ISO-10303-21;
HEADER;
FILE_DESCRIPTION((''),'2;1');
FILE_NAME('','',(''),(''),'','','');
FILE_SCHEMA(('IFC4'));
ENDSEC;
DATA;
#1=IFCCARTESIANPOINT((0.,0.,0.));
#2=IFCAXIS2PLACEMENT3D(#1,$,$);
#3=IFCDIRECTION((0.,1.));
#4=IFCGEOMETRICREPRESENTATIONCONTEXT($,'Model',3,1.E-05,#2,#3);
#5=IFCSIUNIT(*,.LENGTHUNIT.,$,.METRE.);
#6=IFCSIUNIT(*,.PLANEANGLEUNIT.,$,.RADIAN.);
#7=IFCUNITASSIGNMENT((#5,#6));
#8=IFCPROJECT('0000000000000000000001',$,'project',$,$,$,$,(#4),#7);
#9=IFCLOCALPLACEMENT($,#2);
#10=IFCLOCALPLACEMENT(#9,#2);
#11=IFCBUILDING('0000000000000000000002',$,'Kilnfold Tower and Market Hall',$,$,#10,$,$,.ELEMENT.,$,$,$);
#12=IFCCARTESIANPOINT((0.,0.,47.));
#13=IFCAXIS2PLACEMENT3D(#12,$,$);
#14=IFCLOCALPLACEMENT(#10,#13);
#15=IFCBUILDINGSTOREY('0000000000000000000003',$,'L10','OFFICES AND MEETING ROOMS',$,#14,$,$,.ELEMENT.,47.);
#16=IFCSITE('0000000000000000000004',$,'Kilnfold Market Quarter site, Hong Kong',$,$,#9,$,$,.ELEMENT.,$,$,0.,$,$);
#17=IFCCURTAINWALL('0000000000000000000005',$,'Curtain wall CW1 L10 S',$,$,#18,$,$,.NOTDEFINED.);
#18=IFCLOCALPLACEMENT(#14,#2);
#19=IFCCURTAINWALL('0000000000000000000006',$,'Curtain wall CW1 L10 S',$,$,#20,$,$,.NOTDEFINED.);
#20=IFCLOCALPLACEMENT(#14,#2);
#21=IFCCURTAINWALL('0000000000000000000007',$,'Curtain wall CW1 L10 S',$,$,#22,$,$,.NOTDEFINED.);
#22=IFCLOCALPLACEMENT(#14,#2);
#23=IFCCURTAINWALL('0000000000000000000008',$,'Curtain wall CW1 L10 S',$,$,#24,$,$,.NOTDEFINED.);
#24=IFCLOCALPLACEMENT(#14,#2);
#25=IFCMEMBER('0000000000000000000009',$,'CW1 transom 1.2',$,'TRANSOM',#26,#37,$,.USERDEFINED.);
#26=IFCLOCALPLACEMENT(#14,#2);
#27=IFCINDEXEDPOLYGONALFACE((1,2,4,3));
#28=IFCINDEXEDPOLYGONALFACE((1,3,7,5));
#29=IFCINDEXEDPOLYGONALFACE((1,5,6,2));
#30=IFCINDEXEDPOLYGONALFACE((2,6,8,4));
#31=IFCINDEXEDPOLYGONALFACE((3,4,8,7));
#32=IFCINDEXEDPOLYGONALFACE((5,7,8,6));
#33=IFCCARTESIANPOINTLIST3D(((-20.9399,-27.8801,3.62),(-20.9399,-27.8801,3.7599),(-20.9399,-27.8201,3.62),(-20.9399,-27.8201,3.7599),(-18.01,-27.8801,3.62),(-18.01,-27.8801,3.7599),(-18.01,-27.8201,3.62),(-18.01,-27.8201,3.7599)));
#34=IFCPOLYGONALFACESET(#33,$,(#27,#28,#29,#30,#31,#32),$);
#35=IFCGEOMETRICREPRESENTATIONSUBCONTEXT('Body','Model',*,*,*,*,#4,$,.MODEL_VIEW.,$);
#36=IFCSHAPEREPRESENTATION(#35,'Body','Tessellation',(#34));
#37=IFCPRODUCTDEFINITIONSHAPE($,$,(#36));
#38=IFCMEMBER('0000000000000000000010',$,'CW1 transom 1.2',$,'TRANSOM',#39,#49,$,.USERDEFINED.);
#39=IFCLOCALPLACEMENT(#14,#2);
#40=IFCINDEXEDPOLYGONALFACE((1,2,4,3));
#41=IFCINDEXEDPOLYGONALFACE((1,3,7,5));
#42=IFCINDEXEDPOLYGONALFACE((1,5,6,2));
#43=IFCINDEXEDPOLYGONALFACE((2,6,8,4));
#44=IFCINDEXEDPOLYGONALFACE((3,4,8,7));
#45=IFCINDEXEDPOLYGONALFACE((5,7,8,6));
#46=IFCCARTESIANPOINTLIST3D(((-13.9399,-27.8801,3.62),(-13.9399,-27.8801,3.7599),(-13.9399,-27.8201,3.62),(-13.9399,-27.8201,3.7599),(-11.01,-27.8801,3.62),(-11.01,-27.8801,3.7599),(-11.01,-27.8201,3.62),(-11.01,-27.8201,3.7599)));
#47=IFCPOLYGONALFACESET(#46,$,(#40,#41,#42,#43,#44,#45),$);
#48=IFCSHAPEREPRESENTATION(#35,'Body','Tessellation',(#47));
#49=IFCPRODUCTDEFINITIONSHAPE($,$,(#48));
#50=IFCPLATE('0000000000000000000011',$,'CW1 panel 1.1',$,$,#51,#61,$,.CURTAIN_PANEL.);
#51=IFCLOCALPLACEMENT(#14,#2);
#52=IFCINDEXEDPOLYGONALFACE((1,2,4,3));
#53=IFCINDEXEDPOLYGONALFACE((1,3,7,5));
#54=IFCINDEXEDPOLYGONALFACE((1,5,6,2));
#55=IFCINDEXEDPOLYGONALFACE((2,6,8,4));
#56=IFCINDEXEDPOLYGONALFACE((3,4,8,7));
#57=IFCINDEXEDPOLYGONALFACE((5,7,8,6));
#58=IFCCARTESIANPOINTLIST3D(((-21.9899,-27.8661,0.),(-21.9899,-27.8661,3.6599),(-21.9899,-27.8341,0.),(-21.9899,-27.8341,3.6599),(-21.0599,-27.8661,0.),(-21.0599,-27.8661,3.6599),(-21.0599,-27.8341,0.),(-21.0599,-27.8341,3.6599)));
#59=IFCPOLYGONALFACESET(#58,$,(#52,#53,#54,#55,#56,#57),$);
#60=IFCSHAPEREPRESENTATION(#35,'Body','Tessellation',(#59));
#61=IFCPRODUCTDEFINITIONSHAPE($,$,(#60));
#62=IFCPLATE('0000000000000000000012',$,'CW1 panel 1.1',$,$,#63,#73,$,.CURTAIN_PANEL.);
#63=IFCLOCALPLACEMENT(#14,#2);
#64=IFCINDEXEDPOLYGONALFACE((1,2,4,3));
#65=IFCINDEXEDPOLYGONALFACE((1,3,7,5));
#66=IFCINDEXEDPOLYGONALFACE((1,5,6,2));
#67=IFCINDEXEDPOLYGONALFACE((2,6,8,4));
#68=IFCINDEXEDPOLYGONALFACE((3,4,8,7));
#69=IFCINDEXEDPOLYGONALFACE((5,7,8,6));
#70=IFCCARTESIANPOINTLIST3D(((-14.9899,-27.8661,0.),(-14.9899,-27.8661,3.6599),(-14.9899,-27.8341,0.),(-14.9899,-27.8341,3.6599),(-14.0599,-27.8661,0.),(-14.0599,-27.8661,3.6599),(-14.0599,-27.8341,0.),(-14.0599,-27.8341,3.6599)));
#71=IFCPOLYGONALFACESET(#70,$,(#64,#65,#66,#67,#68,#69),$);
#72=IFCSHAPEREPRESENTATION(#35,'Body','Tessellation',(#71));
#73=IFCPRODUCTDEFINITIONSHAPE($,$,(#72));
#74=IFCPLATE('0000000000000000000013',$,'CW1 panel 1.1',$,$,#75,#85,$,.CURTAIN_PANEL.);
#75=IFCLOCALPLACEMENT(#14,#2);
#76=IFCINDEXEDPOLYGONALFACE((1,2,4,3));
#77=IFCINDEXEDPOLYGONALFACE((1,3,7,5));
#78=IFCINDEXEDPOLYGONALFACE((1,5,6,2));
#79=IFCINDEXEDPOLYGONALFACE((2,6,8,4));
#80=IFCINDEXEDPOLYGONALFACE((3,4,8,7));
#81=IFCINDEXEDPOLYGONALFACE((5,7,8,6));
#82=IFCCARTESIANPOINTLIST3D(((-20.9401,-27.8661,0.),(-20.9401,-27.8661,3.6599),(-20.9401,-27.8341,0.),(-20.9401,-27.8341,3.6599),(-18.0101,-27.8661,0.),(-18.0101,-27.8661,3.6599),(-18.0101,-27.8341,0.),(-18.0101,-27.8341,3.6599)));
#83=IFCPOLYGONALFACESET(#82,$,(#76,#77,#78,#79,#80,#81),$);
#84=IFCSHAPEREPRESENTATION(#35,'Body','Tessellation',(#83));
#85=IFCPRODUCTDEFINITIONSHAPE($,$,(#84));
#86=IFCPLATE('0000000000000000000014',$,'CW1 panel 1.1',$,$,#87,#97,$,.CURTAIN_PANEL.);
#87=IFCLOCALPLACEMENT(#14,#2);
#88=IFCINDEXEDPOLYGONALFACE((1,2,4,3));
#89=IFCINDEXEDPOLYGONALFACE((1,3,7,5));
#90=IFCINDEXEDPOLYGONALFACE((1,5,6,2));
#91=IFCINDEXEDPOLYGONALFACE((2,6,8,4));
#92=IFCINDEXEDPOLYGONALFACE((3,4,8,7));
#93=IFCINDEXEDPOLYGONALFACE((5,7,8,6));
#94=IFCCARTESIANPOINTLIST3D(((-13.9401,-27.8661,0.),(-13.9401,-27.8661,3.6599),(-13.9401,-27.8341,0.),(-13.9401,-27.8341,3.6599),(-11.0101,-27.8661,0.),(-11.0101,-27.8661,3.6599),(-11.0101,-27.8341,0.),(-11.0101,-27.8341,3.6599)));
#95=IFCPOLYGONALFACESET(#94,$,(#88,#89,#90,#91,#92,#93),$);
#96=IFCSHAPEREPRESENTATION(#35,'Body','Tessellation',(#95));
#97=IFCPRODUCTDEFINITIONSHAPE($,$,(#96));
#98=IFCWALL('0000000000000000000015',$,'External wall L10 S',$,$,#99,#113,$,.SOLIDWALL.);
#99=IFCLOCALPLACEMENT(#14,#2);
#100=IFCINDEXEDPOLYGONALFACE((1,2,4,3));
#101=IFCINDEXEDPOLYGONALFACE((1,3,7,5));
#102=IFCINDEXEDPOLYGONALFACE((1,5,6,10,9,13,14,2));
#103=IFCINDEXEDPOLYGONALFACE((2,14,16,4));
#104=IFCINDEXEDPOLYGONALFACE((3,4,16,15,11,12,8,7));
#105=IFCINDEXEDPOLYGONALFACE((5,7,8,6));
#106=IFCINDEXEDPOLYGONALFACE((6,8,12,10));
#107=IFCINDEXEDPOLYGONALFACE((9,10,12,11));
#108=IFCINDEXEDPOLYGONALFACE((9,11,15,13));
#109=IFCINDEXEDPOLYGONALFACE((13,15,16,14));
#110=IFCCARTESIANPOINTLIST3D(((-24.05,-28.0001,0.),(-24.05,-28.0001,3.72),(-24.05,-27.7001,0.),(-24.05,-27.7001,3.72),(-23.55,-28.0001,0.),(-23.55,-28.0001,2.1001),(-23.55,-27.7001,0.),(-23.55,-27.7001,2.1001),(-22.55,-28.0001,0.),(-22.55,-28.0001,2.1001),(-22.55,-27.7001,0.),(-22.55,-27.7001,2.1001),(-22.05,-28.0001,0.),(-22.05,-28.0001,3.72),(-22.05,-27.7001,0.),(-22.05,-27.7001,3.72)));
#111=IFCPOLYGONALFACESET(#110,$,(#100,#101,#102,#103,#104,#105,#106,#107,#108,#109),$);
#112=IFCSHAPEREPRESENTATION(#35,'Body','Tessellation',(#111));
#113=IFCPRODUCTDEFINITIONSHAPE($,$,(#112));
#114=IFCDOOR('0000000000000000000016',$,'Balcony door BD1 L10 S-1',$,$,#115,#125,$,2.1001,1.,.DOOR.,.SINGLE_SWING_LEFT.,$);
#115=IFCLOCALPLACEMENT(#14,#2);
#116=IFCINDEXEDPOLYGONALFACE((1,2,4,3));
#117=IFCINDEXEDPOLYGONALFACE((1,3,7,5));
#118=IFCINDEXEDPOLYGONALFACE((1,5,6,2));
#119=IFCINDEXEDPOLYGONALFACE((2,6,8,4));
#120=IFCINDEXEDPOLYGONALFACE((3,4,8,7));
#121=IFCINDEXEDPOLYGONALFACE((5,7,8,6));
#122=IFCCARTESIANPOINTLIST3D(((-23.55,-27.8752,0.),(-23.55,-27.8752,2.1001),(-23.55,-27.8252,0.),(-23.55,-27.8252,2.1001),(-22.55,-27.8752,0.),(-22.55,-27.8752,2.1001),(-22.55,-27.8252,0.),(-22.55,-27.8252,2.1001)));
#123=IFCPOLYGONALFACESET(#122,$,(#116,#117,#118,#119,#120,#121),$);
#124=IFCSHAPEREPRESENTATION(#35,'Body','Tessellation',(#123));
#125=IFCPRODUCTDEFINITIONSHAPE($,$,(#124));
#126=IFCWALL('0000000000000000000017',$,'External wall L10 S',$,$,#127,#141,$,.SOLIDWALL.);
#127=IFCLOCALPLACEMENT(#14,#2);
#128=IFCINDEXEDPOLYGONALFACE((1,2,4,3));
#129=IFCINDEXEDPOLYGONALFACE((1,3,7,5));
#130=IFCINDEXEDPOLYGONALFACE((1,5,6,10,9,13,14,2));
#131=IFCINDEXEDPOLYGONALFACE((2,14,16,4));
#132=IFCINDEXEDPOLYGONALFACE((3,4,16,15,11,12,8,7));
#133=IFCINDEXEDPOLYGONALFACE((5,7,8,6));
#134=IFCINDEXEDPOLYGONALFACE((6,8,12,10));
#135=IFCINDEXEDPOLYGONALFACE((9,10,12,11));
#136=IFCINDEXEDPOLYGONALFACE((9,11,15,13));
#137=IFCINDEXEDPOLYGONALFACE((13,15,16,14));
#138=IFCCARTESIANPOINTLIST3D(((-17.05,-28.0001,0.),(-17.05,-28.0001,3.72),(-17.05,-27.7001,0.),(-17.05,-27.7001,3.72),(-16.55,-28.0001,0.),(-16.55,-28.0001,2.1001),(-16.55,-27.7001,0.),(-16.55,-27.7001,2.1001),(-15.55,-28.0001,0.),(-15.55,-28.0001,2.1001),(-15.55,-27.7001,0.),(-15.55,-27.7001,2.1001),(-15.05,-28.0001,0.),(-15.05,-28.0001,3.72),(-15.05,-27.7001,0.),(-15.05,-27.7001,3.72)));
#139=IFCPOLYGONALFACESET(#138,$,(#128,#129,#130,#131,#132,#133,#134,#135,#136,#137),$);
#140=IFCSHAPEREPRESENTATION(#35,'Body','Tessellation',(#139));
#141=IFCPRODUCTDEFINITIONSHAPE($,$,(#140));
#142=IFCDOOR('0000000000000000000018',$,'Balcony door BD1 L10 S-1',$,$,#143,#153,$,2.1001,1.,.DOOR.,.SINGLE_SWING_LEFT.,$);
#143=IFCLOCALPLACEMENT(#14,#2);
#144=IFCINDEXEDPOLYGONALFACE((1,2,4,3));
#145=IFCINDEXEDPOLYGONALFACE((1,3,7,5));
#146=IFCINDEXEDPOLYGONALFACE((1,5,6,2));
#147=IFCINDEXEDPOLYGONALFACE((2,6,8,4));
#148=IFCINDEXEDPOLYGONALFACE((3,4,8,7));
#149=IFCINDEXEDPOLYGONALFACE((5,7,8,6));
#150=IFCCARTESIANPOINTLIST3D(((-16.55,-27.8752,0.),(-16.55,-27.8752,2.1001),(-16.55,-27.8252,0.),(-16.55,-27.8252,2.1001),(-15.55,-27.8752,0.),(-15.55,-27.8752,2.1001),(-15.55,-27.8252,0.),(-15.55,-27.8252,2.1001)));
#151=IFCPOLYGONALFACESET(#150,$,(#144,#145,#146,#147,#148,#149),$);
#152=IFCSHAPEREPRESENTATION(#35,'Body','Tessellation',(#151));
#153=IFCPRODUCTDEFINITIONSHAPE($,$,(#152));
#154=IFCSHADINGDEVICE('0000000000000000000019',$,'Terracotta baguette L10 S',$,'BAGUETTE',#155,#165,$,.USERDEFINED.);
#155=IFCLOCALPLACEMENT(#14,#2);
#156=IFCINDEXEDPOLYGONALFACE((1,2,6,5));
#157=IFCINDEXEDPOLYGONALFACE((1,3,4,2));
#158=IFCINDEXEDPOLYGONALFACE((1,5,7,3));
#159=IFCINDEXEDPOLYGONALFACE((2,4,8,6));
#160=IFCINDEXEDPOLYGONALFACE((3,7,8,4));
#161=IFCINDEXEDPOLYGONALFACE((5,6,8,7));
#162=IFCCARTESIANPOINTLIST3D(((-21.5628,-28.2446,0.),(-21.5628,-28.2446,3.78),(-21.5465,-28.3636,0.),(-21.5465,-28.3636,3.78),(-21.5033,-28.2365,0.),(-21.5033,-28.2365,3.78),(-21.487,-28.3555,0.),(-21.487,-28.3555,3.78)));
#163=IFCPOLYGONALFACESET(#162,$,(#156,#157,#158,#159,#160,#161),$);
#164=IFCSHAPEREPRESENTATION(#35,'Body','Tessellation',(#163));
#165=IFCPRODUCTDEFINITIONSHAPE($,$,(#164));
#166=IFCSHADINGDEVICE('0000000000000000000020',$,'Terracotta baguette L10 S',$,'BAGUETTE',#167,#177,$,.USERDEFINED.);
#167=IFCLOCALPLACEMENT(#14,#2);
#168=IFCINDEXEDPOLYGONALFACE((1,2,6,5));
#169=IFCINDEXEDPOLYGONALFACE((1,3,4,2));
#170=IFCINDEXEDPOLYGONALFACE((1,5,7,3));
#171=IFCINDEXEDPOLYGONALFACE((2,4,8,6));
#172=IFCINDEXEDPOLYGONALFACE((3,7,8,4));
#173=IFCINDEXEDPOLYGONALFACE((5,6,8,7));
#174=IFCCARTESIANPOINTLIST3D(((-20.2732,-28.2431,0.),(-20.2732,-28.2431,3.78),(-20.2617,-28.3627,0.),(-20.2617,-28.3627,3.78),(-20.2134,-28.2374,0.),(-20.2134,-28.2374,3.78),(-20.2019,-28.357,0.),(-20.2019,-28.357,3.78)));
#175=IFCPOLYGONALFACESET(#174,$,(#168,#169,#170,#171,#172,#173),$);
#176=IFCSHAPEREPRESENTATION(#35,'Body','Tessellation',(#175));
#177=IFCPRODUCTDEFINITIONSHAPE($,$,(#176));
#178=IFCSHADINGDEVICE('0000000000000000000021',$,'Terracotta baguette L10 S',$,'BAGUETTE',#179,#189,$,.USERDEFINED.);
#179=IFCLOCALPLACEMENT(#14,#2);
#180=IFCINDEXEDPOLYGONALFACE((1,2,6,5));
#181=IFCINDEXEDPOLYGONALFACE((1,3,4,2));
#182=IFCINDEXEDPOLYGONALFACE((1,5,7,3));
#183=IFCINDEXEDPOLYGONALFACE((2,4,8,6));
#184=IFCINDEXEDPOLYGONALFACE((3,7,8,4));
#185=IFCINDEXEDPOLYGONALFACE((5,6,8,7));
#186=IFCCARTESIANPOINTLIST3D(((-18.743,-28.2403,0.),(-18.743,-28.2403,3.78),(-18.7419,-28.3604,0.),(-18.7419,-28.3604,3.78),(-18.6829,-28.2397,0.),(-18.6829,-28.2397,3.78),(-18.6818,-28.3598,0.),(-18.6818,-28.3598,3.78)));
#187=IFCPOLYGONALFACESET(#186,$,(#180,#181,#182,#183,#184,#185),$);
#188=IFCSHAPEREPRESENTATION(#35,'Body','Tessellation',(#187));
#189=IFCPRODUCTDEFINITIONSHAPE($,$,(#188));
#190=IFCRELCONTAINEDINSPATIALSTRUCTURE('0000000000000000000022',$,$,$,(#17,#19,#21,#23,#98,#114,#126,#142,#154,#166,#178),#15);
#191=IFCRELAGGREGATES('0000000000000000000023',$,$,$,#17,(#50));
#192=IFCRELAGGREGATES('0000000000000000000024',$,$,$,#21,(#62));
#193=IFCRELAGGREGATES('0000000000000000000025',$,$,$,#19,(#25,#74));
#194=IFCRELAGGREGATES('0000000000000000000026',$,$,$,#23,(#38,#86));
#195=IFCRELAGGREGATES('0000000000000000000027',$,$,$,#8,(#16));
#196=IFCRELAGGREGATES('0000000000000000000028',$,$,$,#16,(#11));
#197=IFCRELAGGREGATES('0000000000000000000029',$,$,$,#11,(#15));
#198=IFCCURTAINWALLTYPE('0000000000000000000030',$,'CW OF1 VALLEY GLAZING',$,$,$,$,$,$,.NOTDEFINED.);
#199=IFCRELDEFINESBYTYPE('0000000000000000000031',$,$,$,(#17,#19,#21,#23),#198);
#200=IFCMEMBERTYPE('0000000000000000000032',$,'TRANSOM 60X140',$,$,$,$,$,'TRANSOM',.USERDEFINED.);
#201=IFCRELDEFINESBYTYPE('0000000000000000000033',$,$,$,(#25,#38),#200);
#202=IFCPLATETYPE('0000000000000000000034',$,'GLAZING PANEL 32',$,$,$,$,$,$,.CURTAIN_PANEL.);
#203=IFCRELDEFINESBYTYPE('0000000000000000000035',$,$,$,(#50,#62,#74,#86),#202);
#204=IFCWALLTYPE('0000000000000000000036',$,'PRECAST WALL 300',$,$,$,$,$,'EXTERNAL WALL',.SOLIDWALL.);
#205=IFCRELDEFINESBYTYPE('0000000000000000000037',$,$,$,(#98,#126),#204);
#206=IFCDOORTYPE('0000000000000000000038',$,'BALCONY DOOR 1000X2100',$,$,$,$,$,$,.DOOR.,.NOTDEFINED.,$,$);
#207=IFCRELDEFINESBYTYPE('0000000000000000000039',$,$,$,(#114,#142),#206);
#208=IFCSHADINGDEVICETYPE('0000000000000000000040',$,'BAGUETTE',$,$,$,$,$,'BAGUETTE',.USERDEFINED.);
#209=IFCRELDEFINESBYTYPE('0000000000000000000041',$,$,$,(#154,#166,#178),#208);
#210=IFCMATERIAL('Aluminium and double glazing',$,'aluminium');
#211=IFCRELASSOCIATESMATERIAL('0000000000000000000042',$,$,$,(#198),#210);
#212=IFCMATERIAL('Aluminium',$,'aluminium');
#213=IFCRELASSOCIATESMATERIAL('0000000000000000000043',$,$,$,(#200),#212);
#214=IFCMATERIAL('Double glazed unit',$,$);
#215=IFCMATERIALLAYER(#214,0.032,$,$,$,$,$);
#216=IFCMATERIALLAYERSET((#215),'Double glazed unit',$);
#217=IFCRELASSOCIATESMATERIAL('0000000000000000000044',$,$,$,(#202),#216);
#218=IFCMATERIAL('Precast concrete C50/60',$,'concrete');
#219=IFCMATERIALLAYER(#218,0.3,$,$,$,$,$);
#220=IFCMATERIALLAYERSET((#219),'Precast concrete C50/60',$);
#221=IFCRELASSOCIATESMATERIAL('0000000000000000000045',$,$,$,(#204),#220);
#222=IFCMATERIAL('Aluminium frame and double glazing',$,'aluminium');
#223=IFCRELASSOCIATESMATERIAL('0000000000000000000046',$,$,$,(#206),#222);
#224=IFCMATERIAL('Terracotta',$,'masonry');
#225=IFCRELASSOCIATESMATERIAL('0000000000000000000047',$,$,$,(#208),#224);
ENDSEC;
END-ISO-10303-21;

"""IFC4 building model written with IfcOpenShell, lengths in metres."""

from ifc_helpers import new_model, si_unit, direction, frame, frame_2d, origin, origin_2d, place, context, subcontext, project, spatial, rectangle, extrude, source, transform, mapped, material, layer, layer_set, material_profile, profile_set, type_object, element, fill, aggregate, save


model = new_model("IFC4")

# Units and contexts
model_context = context("Model", 3, precision=1e-05, world=origin(), true_north=direction((0.0, 1.0)))
body_context = subcontext(model_context, "Body", "Model", "MODEL_VIEW")
ifc_project = project(units=[si_unit("LENGTHUNIT", "METRE"), si_unit("PLANEANGLEUNIT", "RADIAN")], contexts=[model_context])

# Site, building, storey
site_placement = place(None, origin())
site = spatial("IfcSite", under=ifc_project, at=site_placement, Name="Kilnfold Market Quarter site, Hong Kong", CompositionType="ELEMENT", RefElevation=0.0)
building_placement = place(site_placement, origin())
building = spatial("IfcBuilding", under=site, at=building_placement, Name="Kilnfold Tower and Market Hall", CompositionType="ELEMENT")
storey_placement = place(building_placement, frame((0.0, 0.0, 47.0)))
storey = spatial("IfcBuildingStorey", under=building, at=storey_placement, Name="L10", Description="OFFICES AND MEETING ROOMS", CompositionType="ELEMENT", Elevation=47.0)

# Curtain walls
ifc_material_1 = material(Name="Aluminium and double glazing", Category="aluminium")
curtain_wall_type = type_object("IfcCurtainWallType", Name="CW OF1 VALLEY GLAZING", PredefinedType="NOTDEFINED", material=ifc_material_1)
curtain_wall_1_placement = place(storey_placement, origin())
curtain_wall_1 = element("IfcCurtainWall", 1, at=curtain_wall_1_placement, inside=storey, type_object=curtain_wall_type, Name="Curtain wall CW1 L10 S", PredefinedType="NOTDEFINED")
curtain_wall_2_placement = place(storey_placement, origin())
curtain_wall_2 = element("IfcCurtainWall", 2, at=curtain_wall_2_placement, inside=storey, type_object=curtain_wall_type, Name="Curtain wall CW1 L10 S", PredefinedType="NOTDEFINED")
curtain_wall_3_placement = place(storey_placement, origin())
curtain_wall_3 = element("IfcCurtainWall", 3, at=curtain_wall_3_placement, inside=storey, type_object=curtain_wall_type, Name="Curtain wall CW1 L10 S", PredefinedType="NOTDEFINED")

# Curtain wall
curtain_wall_4_placement = place(storey_placement, origin())
curtain_wall_4 = element("IfcCurtainWall", 4, at=curtain_wall_4_placement, inside=storey, type_object=curtain_wall_type, Name="Curtain wall CW1 L10 S", PredefinedType="NOTDEFINED")

# Members
ifc_material_2 = material(Name="Aluminium", Category="aluminium")
ifc_material_profile_1 = material_profile(ifc_material_2, rectangle(XDim=0.0601, YDim=0.1399, at=origin_2d()), Name="TRANSOM 60x140")
ifc_profile_set_1 = profile_set([ifc_material_profile_1], Name="Aluminium")
member_type_1 = type_object("IfcMemberType", Name="TRANSOM 60X140", ElementType="TRANSOM", PredefinedType="USERDEFINED", material=ifc_profile_set_1)
shared_shape_1 = source(origin(), body_context, "Body", "SweptSolid", [
    extrude(rectangle(XDim=0.0601, YDim=0.1399, at=origin_2d()), origin(), (0.0, 0.0, 1.0), 2.9299),
])
member_1_placement = place(storey_placement, frame((-20.9399, -27.8501, 3.6899), z_axis=(1.0, 0.0, 0.0), x_axis=(0.0, 1.0, 0.0)))
member_1 = element("IfcMember", 5, at=member_1_placement, type_object=member_type_1, Name="CW1 transom 1.2", ObjectType="TRANSOM", PredefinedType="USERDEFINED", context=body_context, shape_type="MappedRepresentation", body=[
    mapped(shared_shape_1, transform((0.0, 0.0, 0.0))),
])
member_2_placement = place(storey_placement, frame((-13.9399, -27.8501, 3.6899), z_axis=(1.0, 0.0, 0.0), x_axis=(0.0, 1.0, 0.0)))
member_2 = element("IfcMember", 6, at=member_2_placement, type_object=member_type_1, Name="CW1 transom 1.2", ObjectType="TRANSOM", PredefinedType="USERDEFINED", context=body_context, shape_type="MappedRepresentation", body=[
    mapped(shared_shape_1, transform((0.0, 0.0, 0.0))),
])

# Plates
ifc_material_3 = material(Name="Double glazed unit")
ifc_layer_1 = layer(ifc_material_3, 0.032)
ifc_layer_set_1 = layer_set([ifc_layer_1], Name="Double glazed unit")
plate_type = type_object("IfcPlateType", Name="GLAZING PANEL 32", PredefinedType="CURTAIN_PANEL", material=ifc_layer_set_1)
shared_shape_2 = source(origin(), body_context, "Body", "SweptSolid", [
    extrude(rectangle(XDim=0.9299, YDim=0.032, at=origin_2d()), origin(), (0.0, 0.0, 1.0), 3.6599),
])
plate_1_placement = place(storey_placement, frame((-21.5249, -27.8501, 0.0), z_axis=(0.0, 0.0, 1.0), x_axis=(1.0, 0.0, 0.0)))
plate_1 = element("IfcPlate", 7, at=plate_1_placement, type_object=plate_type, Name="CW1 panel 1.1", PredefinedType="CURTAIN_PANEL", context=body_context, shape_type="MappedRepresentation", body=[
    mapped(shared_shape_2, transform((0.0, 0.0, 0.0))),
])
aggregate(curtain_wall_1, [plate_1])
plate_2_placement = place(storey_placement, frame((-14.5249, -27.8501, 0.0), z_axis=(0.0, 0.0, 1.0), x_axis=(1.0, 0.0, 0.0)))
plate_2 = element("IfcPlate", 8, at=plate_2_placement, type_object=plate_type, Name="CW1 panel 1.1", PredefinedType="CURTAIN_PANEL", context=body_context, shape_type="MappedRepresentation", body=[
    mapped(shared_shape_2, transform((0.0, 0.0, 0.0))),
])
aggregate(curtain_wall_3, [plate_2])
shared_shape_3 = source(origin(), body_context, "Body", "SweptSolid", [
    extrude(rectangle(XDim=2.9299, YDim=0.032, at=origin_2d()), origin(), (0.0, 0.0, 1.0), 3.6599),
])
plate_3_placement = place(storey_placement, frame((-19.4751, -27.8501, 0.0), z_axis=(0.0, 0.0, 1.0), x_axis=(1.0, 0.0, 0.0)))
plate_3 = element("IfcPlate", 9, at=plate_3_placement, type_object=plate_type, Name="CW1 panel 1.1", PredefinedType="CURTAIN_PANEL", context=body_context, shape_type="MappedRepresentation", body=[
    mapped(shared_shape_3, transform((0.0, 0.0, 0.0))),
])
aggregate(curtain_wall_2, [member_1, plate_3])
plate_4_placement = place(storey_placement, frame((-12.4751, -27.8501, 0.0), z_axis=(0.0, 0.0, 1.0), x_axis=(1.0, 0.0, 0.0)))
plate_4 = element("IfcPlate", 10, at=plate_4_placement, type_object=plate_type, Name="CW1 panel 1.1", PredefinedType="CURTAIN_PANEL", context=body_context, shape_type="MappedRepresentation", body=[
    mapped(shared_shape_3, transform((0.0, 0.0, 0.0))),
])
aggregate(curtain_wall_4, [member_2, plate_4])

# Walls, openings, doors
ifc_material_4 = material(Name="Precast concrete C50/60", Category="concrete")
ifc_layer_2 = layer(ifc_material_4, 0.3)
ifc_layer_set_2 = layer_set([ifc_layer_2], Name="Precast concrete C50/60")
wall_type = type_object("IfcWallType", Name="PRECAST WALL 300", ElementType="EXTERNAL WALL", PredefinedType="SOLIDWALL", material=ifc_layer_set_2)
shared_shape_4 = source(origin(), body_context, "Body", "SweptSolid", [
    extrude(rectangle(XDim=2.0, YDim=0.3, at=frame_2d((1.0, 0.0))), origin(), (0.0, 0.0, 1.0), 3.72),
])
wall_1_placement = place(storey_placement, frame((-24.05, -27.8501, 0.0), z_axis=(0.0, 0.0, 1.0), x_axis=(1.0, 0.0, 0.0)))
wall_1 = element("IfcWall", 11, at=wall_1_placement, inside=storey, type_object=wall_type, Name="External wall L10 S", PredefinedType="SOLIDWALL", context=body_context, shape_type="MappedRepresentation", body=[
    mapped(shared_shape_4, transform((0.0, 0.0, 0.0))),
])
opening_1_placement = place(wall_1_placement, frame((0.5, 0.0, 0.0)))
opening_1 = element("IfcOpeningElement", 12, at=opening_1_placement, cuts=wall_1, PredefinedType="OPENING", context=body_context, shape_type="SweptSolid", body=[
    extrude(rectangle(XDim=1.0, YDim=2.1001, at=frame_2d((0.5, 1.05))), frame((0.0, 0.1602, 0.0), z_axis=(0.0, -1.0, 0.0), x_axis=(1.0, 0.0, 0.0)), (0.0, 0.0, 1.0), 0.3201),
])
ifc_material_5 = material(Name="Aluminium frame and double glazing", Category="aluminium")
door_type = type_object("IfcDoorType", Name="BALCONY DOOR 1000X2100", OperationType="NOTDEFINED", PredefinedType="DOOR", material=ifc_material_5)
door_1_placement = place(opening_1_placement, origin())
door_1 = element("IfcDoor", 13, at=door_1_placement, inside=storey, type_object=door_type, Name="Balcony door BD1 L10 S-1", OperationType="SINGLE_SWING_LEFT", OverallHeight=2.1001, OverallWidth=1.0, PredefinedType="DOOR", context=body_context, shape_type="SweptSolid", body=[
    extrude(rectangle(XDim=1.0, YDim=2.1001, at=frame_2d((0.5, 1.05))), frame((0.0, 0.0249, 0.0), z_axis=(0.0, -1.0, 0.0), x_axis=(1.0, 0.0, 0.0)), (0.0, 0.0, 1.0), 0.05),
])
fill(opening_1, door_1)
wall_2_placement = place(storey_placement, frame((-17.05, -27.8501, 0.0), z_axis=(0.0, 0.0, 1.0), x_axis=(1.0, 0.0, 0.0)))
wall_2 = element("IfcWall", 14, at=wall_2_placement, inside=storey, type_object=wall_type, Name="External wall L10 S", PredefinedType="SOLIDWALL", context=body_context, shape_type="MappedRepresentation", body=[
    mapped(shared_shape_4, transform((0.0, 0.0, 0.0))),
])
opening_2_placement = place(wall_2_placement, frame((0.5, 0.0, 0.0)))
opening_2 = element("IfcOpeningElement", 15, at=opening_2_placement, cuts=wall_2, PredefinedType="OPENING", context=body_context, shape_type="SweptSolid", body=[
    extrude(rectangle(XDim=1.0, YDim=2.1001, at=frame_2d((0.5, 1.05))), frame((0.0, 0.1602, 0.0), z_axis=(0.0, -1.0, 0.0), x_axis=(1.0, 0.0, 0.0)), (0.0, 0.0, 1.0), 0.3201),
])
door_2_placement = place(opening_2_placement, origin())
door_2 = element("IfcDoor", 16, at=door_2_placement, inside=storey, type_object=door_type, Name="Balcony door BD1 L10 S-1", OperationType="SINGLE_SWING_LEFT", OverallHeight=2.1001, OverallWidth=1.0, PredefinedType="DOOR", context=body_context, shape_type="SweptSolid", body=[
    extrude(rectangle(XDim=1.0, YDim=2.1001, at=frame_2d((0.5, 1.05))), frame((0.0, 0.0249, 0.0), z_axis=(0.0, -1.0, 0.0), x_axis=(1.0, 0.0, 0.0)), (0.0, 0.0, 1.0), 0.05),
])
fill(opening_2, door_2)

# Shading devices
ifc_material_6 = material(Name="Terracotta", Category="masonry")
ifc_material_profile_2 = material_profile(ifc_material_6, rectangle(XDim=0.0601, YDim=0.1201, at=origin_2d()), Name="BAG 60x120")
ifc_profile_set_2 = profile_set([ifc_material_profile_2], Name="Terracotta")
shading_device_type = type_object("IfcShadingDeviceType", Name="BAGUETTE", ElementType="BAGUETTE", PredefinedType="USERDEFINED", material=ifc_profile_set_2)
shared_shape_5 = source(origin(), body_context, "Body", "SweptSolid", [
    extrude(rectangle(XDim=0.0601, YDim=0.1201, at=origin_2d()), origin(), (0.0, 0.0, 1.0), 3.78),
])
for number, where, z_axis, x_axis, name in (
    (17, (-21.5249, -28.3, 0.0), (0.0, 0.0, 1.0), (0.990826, 0.135147, 0.0), "Terracotta baguette L10 S"),
    (18, (-20.2375, -28.3, 0.0), (0.0, 0.0, 1.0), (0.995464, 0.095139, 0.0), "Terracotta baguette L10 S"),
    (19, (-18.7124, -28.3, 0.0), (0.0, 0.0, 1.0), (0.999957, 0.009299, 0.0), "Terracotta baguette L10 S"),
):
    element("IfcShadingDevice", number, at=place(storey_placement, frame(where, z_axis=z_axis, x_axis=x_axis)), inside=storey, type_object=shading_device_type, Name=name, ObjectType="BAGUETTE", PredefinedType="USERDEFINED", context=body_context, shape_type="MappedRepresentation", body=[
        mapped(shared_shape_5, transform((0.0, 0.0, 0.0))),
    ])

save(model, "model.ifc")
